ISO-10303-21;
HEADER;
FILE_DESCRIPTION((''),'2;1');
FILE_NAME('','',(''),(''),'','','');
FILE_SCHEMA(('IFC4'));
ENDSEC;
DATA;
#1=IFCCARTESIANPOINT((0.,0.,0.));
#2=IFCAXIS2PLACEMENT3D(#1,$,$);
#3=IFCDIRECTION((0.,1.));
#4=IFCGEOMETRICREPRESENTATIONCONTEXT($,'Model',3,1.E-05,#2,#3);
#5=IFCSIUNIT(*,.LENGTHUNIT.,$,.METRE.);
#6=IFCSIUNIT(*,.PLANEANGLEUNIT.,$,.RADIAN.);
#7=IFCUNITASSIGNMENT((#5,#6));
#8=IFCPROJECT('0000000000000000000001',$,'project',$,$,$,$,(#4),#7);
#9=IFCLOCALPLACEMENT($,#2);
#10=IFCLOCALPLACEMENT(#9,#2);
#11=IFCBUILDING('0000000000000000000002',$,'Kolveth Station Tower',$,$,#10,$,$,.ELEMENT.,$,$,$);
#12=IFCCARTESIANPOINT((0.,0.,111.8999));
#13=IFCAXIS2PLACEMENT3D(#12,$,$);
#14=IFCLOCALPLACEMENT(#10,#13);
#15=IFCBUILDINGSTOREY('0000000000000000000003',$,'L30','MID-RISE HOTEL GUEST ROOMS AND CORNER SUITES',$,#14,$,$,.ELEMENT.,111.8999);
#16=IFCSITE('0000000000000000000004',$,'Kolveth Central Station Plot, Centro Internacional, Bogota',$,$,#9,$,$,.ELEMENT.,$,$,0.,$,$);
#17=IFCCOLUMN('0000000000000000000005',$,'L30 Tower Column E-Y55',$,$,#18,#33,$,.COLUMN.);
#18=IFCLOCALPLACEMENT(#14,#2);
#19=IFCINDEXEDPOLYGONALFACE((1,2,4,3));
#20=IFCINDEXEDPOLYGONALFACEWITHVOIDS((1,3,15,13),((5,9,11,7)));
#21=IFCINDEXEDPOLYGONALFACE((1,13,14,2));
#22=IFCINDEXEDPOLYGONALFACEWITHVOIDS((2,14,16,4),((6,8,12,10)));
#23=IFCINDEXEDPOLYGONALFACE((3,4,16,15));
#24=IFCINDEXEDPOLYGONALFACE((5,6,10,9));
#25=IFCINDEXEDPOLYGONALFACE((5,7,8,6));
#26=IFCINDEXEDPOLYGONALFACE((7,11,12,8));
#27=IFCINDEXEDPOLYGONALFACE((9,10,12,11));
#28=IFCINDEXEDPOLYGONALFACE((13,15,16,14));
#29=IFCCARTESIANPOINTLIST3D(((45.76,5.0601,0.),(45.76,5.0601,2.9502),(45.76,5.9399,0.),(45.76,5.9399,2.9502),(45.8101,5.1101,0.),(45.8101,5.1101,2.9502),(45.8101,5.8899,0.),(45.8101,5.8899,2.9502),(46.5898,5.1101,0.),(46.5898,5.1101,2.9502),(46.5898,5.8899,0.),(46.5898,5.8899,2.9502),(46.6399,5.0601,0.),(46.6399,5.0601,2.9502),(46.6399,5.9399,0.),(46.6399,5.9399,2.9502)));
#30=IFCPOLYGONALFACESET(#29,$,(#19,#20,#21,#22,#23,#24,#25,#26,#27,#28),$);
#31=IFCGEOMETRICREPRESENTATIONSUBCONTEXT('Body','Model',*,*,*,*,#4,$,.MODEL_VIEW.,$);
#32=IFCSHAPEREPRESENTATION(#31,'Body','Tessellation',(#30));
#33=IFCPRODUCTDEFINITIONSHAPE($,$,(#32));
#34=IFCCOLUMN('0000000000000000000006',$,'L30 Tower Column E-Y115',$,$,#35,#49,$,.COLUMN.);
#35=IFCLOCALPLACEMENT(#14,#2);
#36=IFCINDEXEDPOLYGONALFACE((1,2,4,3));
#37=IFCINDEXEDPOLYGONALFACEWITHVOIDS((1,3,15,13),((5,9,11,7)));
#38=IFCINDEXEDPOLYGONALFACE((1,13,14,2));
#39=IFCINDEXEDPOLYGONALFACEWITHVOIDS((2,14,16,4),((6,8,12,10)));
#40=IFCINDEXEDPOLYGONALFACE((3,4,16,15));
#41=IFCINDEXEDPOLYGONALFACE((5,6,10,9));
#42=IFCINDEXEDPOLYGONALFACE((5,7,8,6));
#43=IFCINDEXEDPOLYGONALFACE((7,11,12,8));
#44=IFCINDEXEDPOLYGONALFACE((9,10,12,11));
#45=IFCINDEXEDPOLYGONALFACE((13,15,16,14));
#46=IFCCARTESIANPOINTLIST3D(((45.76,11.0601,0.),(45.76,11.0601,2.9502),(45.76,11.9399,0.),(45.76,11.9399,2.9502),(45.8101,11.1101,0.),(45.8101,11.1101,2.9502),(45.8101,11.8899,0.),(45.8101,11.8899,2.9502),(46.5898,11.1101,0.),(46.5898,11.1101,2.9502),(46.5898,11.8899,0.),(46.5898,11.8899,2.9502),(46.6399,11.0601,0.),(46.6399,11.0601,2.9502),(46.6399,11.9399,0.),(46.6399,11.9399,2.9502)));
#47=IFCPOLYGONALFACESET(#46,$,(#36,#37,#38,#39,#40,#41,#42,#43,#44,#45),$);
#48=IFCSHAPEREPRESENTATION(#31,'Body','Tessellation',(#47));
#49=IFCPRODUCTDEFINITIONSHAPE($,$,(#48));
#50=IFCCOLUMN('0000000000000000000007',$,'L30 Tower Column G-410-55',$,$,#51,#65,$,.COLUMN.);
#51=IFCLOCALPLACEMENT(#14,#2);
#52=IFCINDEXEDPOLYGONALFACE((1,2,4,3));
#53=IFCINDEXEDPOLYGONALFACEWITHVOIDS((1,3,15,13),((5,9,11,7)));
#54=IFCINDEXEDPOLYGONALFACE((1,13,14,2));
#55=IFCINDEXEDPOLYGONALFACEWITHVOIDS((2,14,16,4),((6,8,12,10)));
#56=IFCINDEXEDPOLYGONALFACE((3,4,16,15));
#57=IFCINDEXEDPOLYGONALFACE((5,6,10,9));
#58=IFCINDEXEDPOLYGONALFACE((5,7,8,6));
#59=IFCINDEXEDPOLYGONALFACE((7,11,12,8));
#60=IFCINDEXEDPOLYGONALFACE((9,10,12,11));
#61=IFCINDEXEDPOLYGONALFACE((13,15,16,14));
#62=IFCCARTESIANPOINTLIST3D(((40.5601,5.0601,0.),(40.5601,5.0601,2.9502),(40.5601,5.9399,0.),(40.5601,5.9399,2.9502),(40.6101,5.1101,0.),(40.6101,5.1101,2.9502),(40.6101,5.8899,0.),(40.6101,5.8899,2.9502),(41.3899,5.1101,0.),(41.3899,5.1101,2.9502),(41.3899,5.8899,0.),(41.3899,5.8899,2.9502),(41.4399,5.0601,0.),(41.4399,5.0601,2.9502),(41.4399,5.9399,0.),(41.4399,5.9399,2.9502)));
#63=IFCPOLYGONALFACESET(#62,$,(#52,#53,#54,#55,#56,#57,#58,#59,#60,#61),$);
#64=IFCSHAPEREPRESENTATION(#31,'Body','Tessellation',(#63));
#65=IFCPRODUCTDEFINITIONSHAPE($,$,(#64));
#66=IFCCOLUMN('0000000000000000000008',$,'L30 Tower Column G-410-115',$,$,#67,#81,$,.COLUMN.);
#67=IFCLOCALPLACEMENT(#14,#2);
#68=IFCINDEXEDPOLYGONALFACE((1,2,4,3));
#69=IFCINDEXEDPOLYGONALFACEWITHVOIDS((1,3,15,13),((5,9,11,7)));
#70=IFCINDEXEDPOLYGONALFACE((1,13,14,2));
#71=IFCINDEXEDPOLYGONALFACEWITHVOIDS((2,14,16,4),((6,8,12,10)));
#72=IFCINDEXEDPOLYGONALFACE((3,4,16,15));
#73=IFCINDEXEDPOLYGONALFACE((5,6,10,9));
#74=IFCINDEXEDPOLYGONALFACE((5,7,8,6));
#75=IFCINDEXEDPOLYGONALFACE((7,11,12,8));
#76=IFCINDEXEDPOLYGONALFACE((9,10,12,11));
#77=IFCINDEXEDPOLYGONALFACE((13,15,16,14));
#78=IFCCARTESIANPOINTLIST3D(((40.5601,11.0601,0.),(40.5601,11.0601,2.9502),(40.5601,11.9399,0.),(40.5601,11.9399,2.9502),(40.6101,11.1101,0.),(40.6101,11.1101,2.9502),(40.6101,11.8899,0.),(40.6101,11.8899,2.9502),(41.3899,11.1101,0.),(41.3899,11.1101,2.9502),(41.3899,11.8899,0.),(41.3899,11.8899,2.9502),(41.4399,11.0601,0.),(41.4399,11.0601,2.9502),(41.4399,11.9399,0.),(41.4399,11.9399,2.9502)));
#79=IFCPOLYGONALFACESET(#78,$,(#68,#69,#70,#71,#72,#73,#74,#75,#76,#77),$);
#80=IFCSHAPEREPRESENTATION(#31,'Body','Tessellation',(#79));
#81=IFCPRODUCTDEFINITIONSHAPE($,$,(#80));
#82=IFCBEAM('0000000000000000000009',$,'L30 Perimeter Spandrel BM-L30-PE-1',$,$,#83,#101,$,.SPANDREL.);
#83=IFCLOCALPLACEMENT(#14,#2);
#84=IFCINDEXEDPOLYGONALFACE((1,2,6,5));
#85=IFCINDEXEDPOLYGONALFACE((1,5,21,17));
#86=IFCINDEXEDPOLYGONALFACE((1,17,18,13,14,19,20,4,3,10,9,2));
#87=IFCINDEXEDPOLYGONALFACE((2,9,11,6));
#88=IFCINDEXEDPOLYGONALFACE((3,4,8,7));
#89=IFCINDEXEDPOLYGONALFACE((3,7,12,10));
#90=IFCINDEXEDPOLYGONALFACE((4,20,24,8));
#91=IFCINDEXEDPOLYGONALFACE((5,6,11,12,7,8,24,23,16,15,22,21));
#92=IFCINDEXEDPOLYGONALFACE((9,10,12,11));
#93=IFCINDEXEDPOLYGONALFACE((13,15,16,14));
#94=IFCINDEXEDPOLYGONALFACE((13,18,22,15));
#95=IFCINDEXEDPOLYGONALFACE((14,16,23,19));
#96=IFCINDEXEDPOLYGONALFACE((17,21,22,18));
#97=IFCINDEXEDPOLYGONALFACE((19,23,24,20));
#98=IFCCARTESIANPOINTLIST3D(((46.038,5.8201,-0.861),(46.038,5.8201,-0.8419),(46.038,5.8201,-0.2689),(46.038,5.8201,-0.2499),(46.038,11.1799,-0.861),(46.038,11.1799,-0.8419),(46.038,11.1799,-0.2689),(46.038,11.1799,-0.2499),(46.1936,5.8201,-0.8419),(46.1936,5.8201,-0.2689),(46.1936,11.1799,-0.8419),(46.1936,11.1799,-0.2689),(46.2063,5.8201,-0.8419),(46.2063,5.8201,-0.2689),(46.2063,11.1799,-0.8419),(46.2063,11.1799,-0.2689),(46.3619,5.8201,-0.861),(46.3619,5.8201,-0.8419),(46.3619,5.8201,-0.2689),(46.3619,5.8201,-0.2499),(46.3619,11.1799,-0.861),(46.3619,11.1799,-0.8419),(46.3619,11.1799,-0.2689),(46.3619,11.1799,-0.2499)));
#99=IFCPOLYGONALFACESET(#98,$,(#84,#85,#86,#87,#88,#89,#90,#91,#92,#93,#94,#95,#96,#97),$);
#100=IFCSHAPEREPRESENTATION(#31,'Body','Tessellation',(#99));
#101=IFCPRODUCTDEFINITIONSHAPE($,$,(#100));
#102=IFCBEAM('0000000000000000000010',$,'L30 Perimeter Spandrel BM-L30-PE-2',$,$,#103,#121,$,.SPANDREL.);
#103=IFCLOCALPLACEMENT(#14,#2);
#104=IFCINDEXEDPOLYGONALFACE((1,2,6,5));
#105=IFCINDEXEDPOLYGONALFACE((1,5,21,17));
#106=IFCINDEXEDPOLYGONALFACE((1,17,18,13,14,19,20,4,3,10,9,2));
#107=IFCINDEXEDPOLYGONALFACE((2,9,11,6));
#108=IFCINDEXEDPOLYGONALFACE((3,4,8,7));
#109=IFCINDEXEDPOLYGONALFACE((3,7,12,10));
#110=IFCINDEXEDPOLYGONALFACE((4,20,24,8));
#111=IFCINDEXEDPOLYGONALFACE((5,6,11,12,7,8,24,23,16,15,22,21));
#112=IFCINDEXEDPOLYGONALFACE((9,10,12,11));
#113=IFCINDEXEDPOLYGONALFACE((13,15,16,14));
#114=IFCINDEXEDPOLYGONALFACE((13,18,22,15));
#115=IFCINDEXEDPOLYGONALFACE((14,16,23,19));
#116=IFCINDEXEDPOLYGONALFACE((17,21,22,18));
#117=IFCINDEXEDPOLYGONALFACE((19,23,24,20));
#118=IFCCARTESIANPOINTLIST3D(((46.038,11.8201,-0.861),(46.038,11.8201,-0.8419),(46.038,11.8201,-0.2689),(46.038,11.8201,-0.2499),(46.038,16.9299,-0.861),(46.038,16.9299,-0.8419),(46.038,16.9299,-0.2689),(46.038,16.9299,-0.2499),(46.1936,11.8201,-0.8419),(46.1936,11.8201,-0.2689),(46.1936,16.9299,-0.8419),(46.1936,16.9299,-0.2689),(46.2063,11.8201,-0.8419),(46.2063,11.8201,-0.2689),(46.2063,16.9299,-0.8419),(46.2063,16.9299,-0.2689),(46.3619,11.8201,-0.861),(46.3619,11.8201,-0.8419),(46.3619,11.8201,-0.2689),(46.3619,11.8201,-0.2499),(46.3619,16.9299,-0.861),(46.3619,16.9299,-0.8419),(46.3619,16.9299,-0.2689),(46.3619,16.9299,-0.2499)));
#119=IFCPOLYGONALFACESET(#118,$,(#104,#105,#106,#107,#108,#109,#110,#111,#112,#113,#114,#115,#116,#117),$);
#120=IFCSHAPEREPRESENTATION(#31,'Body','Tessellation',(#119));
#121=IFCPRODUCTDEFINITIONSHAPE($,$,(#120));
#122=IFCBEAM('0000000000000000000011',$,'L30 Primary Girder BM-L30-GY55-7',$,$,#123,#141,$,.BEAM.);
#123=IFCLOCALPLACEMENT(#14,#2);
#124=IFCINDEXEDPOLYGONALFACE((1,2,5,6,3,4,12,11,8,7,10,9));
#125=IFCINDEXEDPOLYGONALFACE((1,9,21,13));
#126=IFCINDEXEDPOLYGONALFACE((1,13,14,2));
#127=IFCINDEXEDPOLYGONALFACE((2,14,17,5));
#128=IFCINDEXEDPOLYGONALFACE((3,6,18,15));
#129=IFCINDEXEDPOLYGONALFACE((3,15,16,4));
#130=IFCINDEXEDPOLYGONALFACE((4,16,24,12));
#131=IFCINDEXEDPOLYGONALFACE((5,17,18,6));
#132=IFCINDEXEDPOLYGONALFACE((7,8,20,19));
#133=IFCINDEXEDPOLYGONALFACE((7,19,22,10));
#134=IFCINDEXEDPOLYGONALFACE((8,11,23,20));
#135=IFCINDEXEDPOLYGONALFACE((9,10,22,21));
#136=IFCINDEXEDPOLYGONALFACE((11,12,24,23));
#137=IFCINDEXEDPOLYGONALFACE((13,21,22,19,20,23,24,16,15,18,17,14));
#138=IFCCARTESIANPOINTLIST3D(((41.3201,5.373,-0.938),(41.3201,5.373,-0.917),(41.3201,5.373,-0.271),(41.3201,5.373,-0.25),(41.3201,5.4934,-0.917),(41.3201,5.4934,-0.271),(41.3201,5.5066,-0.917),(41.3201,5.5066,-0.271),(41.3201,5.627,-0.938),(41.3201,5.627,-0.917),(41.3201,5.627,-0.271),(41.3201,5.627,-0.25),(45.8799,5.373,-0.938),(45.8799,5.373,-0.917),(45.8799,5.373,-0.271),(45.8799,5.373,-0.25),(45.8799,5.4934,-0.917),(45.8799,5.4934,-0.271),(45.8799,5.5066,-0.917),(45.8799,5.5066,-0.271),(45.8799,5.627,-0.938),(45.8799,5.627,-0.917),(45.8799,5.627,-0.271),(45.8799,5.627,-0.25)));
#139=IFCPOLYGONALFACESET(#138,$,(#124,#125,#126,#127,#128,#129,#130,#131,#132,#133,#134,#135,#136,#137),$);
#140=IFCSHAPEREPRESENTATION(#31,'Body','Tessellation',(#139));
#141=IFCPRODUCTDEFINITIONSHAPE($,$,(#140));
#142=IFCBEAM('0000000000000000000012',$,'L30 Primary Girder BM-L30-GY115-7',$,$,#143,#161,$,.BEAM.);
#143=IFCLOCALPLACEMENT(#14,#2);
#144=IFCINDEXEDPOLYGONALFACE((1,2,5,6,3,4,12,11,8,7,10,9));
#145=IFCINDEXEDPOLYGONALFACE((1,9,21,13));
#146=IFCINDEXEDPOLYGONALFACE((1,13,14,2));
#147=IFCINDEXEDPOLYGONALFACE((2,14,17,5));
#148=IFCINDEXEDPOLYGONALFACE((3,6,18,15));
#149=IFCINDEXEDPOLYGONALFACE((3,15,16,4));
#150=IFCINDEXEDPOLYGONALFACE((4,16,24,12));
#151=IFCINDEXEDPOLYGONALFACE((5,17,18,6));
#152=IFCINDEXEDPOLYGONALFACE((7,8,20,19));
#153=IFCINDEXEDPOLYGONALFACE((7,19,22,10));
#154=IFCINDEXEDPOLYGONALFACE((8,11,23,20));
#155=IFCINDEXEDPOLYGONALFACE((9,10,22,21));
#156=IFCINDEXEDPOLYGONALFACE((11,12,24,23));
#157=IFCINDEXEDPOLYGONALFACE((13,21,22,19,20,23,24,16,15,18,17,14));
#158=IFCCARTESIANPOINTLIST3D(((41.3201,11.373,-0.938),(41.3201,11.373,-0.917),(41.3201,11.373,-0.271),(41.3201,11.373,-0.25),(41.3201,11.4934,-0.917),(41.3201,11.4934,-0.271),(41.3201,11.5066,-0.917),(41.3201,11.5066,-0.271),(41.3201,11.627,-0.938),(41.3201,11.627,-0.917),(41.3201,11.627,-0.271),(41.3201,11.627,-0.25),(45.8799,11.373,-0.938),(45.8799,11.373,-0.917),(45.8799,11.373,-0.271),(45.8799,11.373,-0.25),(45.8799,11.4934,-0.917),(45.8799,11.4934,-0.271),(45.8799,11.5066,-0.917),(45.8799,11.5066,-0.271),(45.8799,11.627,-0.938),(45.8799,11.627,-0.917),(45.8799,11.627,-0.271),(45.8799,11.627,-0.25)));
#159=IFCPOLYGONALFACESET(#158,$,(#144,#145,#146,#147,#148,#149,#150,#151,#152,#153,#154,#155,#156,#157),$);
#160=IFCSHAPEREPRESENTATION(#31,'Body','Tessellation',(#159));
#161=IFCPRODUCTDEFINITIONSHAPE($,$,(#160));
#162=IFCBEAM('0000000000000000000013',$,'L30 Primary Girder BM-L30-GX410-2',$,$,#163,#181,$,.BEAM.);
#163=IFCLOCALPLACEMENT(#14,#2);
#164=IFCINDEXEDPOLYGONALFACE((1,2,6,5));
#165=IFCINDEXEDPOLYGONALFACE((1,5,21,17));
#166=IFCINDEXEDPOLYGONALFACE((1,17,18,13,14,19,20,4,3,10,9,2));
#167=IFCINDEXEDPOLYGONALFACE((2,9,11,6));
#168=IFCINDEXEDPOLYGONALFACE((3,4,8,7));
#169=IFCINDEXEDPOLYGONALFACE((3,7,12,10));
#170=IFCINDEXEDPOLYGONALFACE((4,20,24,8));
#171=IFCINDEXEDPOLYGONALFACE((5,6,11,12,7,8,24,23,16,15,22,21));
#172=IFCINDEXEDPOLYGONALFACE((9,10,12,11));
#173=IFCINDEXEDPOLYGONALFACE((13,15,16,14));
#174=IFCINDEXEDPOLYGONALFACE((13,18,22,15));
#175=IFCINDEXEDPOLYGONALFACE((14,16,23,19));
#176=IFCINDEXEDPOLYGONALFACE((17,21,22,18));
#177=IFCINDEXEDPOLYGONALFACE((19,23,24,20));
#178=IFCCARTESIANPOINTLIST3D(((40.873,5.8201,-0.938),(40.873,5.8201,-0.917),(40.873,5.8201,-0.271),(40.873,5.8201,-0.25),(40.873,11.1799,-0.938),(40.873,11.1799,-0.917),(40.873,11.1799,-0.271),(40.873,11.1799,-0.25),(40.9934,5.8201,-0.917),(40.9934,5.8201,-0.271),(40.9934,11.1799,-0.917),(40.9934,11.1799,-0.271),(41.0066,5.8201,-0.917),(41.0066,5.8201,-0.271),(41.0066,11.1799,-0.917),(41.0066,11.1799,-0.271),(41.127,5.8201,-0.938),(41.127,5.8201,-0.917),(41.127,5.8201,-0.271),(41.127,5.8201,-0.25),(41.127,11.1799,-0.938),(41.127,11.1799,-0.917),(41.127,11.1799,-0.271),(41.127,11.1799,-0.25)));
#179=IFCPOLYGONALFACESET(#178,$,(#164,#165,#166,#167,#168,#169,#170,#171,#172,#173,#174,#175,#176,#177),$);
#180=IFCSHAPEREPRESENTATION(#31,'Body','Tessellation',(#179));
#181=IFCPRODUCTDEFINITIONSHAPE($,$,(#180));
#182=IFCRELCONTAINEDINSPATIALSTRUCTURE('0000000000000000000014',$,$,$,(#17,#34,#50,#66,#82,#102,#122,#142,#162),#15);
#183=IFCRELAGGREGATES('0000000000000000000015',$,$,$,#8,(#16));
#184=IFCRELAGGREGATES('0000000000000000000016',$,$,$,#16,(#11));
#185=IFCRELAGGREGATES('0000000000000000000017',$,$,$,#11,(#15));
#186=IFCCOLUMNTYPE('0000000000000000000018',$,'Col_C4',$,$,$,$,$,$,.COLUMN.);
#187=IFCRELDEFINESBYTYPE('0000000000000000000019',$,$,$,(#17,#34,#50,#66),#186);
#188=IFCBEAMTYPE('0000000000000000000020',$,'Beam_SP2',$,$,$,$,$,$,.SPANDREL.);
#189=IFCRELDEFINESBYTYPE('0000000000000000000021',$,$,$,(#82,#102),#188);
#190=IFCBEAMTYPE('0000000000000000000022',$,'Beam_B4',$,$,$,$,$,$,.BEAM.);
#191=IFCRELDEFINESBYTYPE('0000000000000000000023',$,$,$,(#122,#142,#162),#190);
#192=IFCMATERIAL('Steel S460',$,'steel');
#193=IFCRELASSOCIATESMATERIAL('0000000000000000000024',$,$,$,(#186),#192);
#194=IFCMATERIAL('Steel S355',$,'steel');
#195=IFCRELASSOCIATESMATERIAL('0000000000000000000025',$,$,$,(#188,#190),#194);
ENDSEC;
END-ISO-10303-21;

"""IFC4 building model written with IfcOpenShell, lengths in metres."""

from ifc_helpers import new_model, si_unit, direction, frame, origin, origin_2d, place, context, subcontext, project, spatial, hollow_rectangle, i_section, extrude, source, transform, mapped, material, material_profile, profile_set, type_object, element, save


model = new_model("IFC4")

# Units and contexts
model_context = context("Model", 3, precision=1e-05, world=origin(), true_north=direction((0.0, 1.0)))
body_context = subcontext(model_context, "Body", "Model", "MODEL_VIEW")
ifc_project = project(units=[si_unit("LENGTHUNIT", "METRE"), si_unit("PLANEANGLEUNIT", "RADIAN")], contexts=[model_context])

# Site, building, storey
site_placement = place(None, origin())
site = spatial("IfcSite", under=ifc_project, at=site_placement, Name="Kolveth Central Station Plot, Centro Internacional, Bogota", CompositionType="ELEMENT", RefElevation=0.0)
building_placement = place(site_placement, origin())
building = spatial("IfcBuilding", under=site, at=building_placement, Name="Kolveth Station Tower", CompositionType="ELEMENT")
storey_placement = place(building_placement, frame((0.0, 0.0, 111.8999)))
storey = spatial("IfcBuildingStorey", under=building, at=storey_placement, Name="L30", Description="MID-RISE HOTEL GUEST ROOMS AND CORNER SUITES", CompositionType="ELEMENT", Elevation=111.8999)

# Columns
ifc_material_1 = material(Name="Steel S460", Category="steel")
ifc_material_profile_1 = material_profile(ifc_material_1, hollow_rectangle(XDim=0.8799, YDim=0.8799, WallThickness=0.05, at=origin_2d()), Name="BOX880x880x50")
ifc_profile_set_1 = profile_set([ifc_material_profile_1], Name="Steel S460")
column_type = type_object("IfcColumnType", Name="Col_C4", PredefinedType="COLUMN", material=ifc_profile_set_1)
shared_shape_1 = source(origin(), body_context, "Body", "SweptSolid", [
    extrude(hollow_rectangle(XDim=0.8799, YDim=0.8799, WallThickness=0.05, at=origin_2d()), origin(), (0.0, 0.0, 1.0), 2.9502),
])
for number, where, z_axis, x_axis, name in (
    (1, (46.2, 5.5, 0.0), (0.0, 0.0, 1.0), (1.0, 0.0, 0.0), "L30 Tower Column E-Y55"),
    (2, (46.2, 11.5, 0.0), (0.0, 0.0, 1.0), (1.0, 0.0, 0.0), "L30 Tower Column E-Y115"),
    (3, (41.0, 5.5, 0.0), (0.0, 0.0, 1.0), (1.0, 0.0, 0.0), "L30 Tower Column G-410-55"),
    (4, (41.0, 11.5, 0.0), (0.0, 0.0, 1.0), (1.0, 0.0, 0.0), "L30 Tower Column G-410-115"),
):
    element("IfcColumn", number, at=place(storey_placement, frame(where, z_axis=z_axis, x_axis=x_axis)), inside=storey, type_object=column_type, Name=name, PredefinedType="COLUMN", context=body_context, shape_type="MappedRepresentation", body=[
        mapped(shared_shape_1, transform((0.0, 0.0, 0.0), x_axis=(1.0, 0.0, 0.0), y_axis=(0.0, 1.0, 0.0), z_axis=(0.0, 0.0, 1.0), scale=1.0)),
    ])

# Beams
ifc_material_2 = material(Name="Steel S355", Category="steel")
ifc_material_profile_2 = material_profile(ifc_material_2, i_section(OverallWidth=0.324, OverallDepth=0.6111, WebThickness=0.0127, FlangeThickness=0.019, at=origin_2d()), Name="W610x155")
ifc_profile_set_2 = profile_set([ifc_material_profile_2], Name="Steel S355")
beam_type_1 = type_object("IfcBeamType", Name="Beam_SP2", PredefinedType="SPANDREL", material=ifc_profile_set_2)
shared_shape_2 = source(origin(), body_context, "Body", "SweptSolid", [
    extrude(i_section(OverallWidth=0.324, OverallDepth=0.6111, WebThickness=0.0127, FlangeThickness=0.019, at=origin_2d()), origin(), (0.0, 0.0, 1.0), 5.3599),
])
beam_1_placement = place(storey_placement, frame((46.2, 5.8201, -0.5554), z_axis=(0.0, 1.0, 0.0), x_axis=(-1.0, 0.0, 0.0)))
element("IfcBeam", 5, at=beam_1_placement, inside=storey, type_object=beam_type_1, Name="L30 Perimeter Spandrel BM-L30-PE-1", PredefinedType="SPANDREL", context=body_context, shape_type="MappedRepresentation", body=[
    mapped(shared_shape_2, transform((0.0, 0.0, 0.0), x_axis=(1.0, 0.0, 0.0), y_axis=(0.0, 1.0, 0.0), z_axis=(0.0, 0.0, 1.0), scale=1.0)),
])
shared_shape_3 = source(origin(), body_context, "Body", "SweptSolid", [
    extrude(i_section(OverallWidth=0.324, OverallDepth=0.6111, WebThickness=0.0127, FlangeThickness=0.019, at=origin_2d()), origin(), (0.0, 0.0, 1.0), 5.1099),
])
beam_2_placement = place(storey_placement, frame((46.2, 11.8201, -0.5554), z_axis=(0.0, 1.0, 0.0), x_axis=(-1.0, 0.0, 0.0)))
element("IfcBeam", 6, at=beam_2_placement, inside=storey, type_object=beam_type_1, Name="L30 Perimeter Spandrel BM-L30-PE-2", PredefinedType="SPANDREL", context=body_context, shape_type="MappedRepresentation", body=[
    mapped(shared_shape_3, transform((0.0, 0.0, 0.0), x_axis=(1.0, 0.0, 0.0), y_axis=(0.0, 1.0, 0.0), z_axis=(0.0, 0.0, 1.0), scale=1.0)),
])
ifc_material_profile_3 = material_profile(ifc_material_2, i_section(OverallWidth=0.2539, OverallDepth=0.688, WebThickness=0.0132, FlangeThickness=0.021, at=origin_2d()), Name="W690x152")
ifc_profile_set_3 = profile_set([ifc_material_profile_3], Name="Steel S355")
beam_type_2 = type_object("IfcBeamType", Name="Beam_B4", PredefinedType="BEAM", material=ifc_profile_set_3)
shared_shape_4 = source(origin(), body_context, "Body", "SweptSolid", [
    extrude(i_section(OverallWidth=0.2539, OverallDepth=0.688, WebThickness=0.0132, FlangeThickness=0.021, at=origin_2d()), origin(), (0.0, 0.0, 1.0), 4.5598),
])
for number, where, z_axis, x_axis, name in (
    (7, (41.3201, 5.5, -0.594), (1.0, 0.0, 0.0), (0.0, 1.0, 0.0), "L30 Primary Girder BM-L30-GY55-7"),
    (8, (41.3201, 11.5, -0.594), (1.0, 0.0, 0.0), (0.0, 1.0, 0.0), "L30 Primary Girder BM-L30-GY115-7"),
):
    element("IfcBeam", number, at=place(storey_placement, frame(where, z_axis=z_axis, x_axis=x_axis)), inside=storey, type_object=beam_type_2, Name=name, PredefinedType="BEAM", context=body_context, shape_type="MappedRepresentation", body=[
        mapped(shared_shape_4, transform((0.0, 0.0, 0.0), x_axis=(1.0, 0.0, 0.0), y_axis=(0.0, 1.0, 0.0), z_axis=(0.0, 0.0, 1.0), scale=1.0)),
    ])
shared_shape_5 = source(origin(), body_context, "Body", "SweptSolid", [
    extrude(i_section(OverallWidth=0.2539, OverallDepth=0.688, WebThickness=0.0132, FlangeThickness=0.021, at=origin_2d()), origin(), (0.0, 0.0, 1.0), 5.3599),
])
beam_3_placement = place(storey_placement, frame((41.0, 5.8201, -0.594), z_axis=(0.0, 1.0, 0.0), x_axis=(-1.0, 0.0, 0.0)))
element("IfcBeam", 9, at=beam_3_placement, inside=storey, type_object=beam_type_2, Name="L30 Primary Girder BM-L30-GX410-2", PredefinedType="BEAM", context=body_context, shape_type="MappedRepresentation", body=[
    mapped(shared_shape_5, transform((0.0, 0.0, 0.0), x_axis=(1.0, 0.0, 0.0), y_axis=(0.0, 1.0, 0.0), z_axis=(0.0, 0.0, 1.0), scale=1.0)),
])

save(model, "model.ifc")
